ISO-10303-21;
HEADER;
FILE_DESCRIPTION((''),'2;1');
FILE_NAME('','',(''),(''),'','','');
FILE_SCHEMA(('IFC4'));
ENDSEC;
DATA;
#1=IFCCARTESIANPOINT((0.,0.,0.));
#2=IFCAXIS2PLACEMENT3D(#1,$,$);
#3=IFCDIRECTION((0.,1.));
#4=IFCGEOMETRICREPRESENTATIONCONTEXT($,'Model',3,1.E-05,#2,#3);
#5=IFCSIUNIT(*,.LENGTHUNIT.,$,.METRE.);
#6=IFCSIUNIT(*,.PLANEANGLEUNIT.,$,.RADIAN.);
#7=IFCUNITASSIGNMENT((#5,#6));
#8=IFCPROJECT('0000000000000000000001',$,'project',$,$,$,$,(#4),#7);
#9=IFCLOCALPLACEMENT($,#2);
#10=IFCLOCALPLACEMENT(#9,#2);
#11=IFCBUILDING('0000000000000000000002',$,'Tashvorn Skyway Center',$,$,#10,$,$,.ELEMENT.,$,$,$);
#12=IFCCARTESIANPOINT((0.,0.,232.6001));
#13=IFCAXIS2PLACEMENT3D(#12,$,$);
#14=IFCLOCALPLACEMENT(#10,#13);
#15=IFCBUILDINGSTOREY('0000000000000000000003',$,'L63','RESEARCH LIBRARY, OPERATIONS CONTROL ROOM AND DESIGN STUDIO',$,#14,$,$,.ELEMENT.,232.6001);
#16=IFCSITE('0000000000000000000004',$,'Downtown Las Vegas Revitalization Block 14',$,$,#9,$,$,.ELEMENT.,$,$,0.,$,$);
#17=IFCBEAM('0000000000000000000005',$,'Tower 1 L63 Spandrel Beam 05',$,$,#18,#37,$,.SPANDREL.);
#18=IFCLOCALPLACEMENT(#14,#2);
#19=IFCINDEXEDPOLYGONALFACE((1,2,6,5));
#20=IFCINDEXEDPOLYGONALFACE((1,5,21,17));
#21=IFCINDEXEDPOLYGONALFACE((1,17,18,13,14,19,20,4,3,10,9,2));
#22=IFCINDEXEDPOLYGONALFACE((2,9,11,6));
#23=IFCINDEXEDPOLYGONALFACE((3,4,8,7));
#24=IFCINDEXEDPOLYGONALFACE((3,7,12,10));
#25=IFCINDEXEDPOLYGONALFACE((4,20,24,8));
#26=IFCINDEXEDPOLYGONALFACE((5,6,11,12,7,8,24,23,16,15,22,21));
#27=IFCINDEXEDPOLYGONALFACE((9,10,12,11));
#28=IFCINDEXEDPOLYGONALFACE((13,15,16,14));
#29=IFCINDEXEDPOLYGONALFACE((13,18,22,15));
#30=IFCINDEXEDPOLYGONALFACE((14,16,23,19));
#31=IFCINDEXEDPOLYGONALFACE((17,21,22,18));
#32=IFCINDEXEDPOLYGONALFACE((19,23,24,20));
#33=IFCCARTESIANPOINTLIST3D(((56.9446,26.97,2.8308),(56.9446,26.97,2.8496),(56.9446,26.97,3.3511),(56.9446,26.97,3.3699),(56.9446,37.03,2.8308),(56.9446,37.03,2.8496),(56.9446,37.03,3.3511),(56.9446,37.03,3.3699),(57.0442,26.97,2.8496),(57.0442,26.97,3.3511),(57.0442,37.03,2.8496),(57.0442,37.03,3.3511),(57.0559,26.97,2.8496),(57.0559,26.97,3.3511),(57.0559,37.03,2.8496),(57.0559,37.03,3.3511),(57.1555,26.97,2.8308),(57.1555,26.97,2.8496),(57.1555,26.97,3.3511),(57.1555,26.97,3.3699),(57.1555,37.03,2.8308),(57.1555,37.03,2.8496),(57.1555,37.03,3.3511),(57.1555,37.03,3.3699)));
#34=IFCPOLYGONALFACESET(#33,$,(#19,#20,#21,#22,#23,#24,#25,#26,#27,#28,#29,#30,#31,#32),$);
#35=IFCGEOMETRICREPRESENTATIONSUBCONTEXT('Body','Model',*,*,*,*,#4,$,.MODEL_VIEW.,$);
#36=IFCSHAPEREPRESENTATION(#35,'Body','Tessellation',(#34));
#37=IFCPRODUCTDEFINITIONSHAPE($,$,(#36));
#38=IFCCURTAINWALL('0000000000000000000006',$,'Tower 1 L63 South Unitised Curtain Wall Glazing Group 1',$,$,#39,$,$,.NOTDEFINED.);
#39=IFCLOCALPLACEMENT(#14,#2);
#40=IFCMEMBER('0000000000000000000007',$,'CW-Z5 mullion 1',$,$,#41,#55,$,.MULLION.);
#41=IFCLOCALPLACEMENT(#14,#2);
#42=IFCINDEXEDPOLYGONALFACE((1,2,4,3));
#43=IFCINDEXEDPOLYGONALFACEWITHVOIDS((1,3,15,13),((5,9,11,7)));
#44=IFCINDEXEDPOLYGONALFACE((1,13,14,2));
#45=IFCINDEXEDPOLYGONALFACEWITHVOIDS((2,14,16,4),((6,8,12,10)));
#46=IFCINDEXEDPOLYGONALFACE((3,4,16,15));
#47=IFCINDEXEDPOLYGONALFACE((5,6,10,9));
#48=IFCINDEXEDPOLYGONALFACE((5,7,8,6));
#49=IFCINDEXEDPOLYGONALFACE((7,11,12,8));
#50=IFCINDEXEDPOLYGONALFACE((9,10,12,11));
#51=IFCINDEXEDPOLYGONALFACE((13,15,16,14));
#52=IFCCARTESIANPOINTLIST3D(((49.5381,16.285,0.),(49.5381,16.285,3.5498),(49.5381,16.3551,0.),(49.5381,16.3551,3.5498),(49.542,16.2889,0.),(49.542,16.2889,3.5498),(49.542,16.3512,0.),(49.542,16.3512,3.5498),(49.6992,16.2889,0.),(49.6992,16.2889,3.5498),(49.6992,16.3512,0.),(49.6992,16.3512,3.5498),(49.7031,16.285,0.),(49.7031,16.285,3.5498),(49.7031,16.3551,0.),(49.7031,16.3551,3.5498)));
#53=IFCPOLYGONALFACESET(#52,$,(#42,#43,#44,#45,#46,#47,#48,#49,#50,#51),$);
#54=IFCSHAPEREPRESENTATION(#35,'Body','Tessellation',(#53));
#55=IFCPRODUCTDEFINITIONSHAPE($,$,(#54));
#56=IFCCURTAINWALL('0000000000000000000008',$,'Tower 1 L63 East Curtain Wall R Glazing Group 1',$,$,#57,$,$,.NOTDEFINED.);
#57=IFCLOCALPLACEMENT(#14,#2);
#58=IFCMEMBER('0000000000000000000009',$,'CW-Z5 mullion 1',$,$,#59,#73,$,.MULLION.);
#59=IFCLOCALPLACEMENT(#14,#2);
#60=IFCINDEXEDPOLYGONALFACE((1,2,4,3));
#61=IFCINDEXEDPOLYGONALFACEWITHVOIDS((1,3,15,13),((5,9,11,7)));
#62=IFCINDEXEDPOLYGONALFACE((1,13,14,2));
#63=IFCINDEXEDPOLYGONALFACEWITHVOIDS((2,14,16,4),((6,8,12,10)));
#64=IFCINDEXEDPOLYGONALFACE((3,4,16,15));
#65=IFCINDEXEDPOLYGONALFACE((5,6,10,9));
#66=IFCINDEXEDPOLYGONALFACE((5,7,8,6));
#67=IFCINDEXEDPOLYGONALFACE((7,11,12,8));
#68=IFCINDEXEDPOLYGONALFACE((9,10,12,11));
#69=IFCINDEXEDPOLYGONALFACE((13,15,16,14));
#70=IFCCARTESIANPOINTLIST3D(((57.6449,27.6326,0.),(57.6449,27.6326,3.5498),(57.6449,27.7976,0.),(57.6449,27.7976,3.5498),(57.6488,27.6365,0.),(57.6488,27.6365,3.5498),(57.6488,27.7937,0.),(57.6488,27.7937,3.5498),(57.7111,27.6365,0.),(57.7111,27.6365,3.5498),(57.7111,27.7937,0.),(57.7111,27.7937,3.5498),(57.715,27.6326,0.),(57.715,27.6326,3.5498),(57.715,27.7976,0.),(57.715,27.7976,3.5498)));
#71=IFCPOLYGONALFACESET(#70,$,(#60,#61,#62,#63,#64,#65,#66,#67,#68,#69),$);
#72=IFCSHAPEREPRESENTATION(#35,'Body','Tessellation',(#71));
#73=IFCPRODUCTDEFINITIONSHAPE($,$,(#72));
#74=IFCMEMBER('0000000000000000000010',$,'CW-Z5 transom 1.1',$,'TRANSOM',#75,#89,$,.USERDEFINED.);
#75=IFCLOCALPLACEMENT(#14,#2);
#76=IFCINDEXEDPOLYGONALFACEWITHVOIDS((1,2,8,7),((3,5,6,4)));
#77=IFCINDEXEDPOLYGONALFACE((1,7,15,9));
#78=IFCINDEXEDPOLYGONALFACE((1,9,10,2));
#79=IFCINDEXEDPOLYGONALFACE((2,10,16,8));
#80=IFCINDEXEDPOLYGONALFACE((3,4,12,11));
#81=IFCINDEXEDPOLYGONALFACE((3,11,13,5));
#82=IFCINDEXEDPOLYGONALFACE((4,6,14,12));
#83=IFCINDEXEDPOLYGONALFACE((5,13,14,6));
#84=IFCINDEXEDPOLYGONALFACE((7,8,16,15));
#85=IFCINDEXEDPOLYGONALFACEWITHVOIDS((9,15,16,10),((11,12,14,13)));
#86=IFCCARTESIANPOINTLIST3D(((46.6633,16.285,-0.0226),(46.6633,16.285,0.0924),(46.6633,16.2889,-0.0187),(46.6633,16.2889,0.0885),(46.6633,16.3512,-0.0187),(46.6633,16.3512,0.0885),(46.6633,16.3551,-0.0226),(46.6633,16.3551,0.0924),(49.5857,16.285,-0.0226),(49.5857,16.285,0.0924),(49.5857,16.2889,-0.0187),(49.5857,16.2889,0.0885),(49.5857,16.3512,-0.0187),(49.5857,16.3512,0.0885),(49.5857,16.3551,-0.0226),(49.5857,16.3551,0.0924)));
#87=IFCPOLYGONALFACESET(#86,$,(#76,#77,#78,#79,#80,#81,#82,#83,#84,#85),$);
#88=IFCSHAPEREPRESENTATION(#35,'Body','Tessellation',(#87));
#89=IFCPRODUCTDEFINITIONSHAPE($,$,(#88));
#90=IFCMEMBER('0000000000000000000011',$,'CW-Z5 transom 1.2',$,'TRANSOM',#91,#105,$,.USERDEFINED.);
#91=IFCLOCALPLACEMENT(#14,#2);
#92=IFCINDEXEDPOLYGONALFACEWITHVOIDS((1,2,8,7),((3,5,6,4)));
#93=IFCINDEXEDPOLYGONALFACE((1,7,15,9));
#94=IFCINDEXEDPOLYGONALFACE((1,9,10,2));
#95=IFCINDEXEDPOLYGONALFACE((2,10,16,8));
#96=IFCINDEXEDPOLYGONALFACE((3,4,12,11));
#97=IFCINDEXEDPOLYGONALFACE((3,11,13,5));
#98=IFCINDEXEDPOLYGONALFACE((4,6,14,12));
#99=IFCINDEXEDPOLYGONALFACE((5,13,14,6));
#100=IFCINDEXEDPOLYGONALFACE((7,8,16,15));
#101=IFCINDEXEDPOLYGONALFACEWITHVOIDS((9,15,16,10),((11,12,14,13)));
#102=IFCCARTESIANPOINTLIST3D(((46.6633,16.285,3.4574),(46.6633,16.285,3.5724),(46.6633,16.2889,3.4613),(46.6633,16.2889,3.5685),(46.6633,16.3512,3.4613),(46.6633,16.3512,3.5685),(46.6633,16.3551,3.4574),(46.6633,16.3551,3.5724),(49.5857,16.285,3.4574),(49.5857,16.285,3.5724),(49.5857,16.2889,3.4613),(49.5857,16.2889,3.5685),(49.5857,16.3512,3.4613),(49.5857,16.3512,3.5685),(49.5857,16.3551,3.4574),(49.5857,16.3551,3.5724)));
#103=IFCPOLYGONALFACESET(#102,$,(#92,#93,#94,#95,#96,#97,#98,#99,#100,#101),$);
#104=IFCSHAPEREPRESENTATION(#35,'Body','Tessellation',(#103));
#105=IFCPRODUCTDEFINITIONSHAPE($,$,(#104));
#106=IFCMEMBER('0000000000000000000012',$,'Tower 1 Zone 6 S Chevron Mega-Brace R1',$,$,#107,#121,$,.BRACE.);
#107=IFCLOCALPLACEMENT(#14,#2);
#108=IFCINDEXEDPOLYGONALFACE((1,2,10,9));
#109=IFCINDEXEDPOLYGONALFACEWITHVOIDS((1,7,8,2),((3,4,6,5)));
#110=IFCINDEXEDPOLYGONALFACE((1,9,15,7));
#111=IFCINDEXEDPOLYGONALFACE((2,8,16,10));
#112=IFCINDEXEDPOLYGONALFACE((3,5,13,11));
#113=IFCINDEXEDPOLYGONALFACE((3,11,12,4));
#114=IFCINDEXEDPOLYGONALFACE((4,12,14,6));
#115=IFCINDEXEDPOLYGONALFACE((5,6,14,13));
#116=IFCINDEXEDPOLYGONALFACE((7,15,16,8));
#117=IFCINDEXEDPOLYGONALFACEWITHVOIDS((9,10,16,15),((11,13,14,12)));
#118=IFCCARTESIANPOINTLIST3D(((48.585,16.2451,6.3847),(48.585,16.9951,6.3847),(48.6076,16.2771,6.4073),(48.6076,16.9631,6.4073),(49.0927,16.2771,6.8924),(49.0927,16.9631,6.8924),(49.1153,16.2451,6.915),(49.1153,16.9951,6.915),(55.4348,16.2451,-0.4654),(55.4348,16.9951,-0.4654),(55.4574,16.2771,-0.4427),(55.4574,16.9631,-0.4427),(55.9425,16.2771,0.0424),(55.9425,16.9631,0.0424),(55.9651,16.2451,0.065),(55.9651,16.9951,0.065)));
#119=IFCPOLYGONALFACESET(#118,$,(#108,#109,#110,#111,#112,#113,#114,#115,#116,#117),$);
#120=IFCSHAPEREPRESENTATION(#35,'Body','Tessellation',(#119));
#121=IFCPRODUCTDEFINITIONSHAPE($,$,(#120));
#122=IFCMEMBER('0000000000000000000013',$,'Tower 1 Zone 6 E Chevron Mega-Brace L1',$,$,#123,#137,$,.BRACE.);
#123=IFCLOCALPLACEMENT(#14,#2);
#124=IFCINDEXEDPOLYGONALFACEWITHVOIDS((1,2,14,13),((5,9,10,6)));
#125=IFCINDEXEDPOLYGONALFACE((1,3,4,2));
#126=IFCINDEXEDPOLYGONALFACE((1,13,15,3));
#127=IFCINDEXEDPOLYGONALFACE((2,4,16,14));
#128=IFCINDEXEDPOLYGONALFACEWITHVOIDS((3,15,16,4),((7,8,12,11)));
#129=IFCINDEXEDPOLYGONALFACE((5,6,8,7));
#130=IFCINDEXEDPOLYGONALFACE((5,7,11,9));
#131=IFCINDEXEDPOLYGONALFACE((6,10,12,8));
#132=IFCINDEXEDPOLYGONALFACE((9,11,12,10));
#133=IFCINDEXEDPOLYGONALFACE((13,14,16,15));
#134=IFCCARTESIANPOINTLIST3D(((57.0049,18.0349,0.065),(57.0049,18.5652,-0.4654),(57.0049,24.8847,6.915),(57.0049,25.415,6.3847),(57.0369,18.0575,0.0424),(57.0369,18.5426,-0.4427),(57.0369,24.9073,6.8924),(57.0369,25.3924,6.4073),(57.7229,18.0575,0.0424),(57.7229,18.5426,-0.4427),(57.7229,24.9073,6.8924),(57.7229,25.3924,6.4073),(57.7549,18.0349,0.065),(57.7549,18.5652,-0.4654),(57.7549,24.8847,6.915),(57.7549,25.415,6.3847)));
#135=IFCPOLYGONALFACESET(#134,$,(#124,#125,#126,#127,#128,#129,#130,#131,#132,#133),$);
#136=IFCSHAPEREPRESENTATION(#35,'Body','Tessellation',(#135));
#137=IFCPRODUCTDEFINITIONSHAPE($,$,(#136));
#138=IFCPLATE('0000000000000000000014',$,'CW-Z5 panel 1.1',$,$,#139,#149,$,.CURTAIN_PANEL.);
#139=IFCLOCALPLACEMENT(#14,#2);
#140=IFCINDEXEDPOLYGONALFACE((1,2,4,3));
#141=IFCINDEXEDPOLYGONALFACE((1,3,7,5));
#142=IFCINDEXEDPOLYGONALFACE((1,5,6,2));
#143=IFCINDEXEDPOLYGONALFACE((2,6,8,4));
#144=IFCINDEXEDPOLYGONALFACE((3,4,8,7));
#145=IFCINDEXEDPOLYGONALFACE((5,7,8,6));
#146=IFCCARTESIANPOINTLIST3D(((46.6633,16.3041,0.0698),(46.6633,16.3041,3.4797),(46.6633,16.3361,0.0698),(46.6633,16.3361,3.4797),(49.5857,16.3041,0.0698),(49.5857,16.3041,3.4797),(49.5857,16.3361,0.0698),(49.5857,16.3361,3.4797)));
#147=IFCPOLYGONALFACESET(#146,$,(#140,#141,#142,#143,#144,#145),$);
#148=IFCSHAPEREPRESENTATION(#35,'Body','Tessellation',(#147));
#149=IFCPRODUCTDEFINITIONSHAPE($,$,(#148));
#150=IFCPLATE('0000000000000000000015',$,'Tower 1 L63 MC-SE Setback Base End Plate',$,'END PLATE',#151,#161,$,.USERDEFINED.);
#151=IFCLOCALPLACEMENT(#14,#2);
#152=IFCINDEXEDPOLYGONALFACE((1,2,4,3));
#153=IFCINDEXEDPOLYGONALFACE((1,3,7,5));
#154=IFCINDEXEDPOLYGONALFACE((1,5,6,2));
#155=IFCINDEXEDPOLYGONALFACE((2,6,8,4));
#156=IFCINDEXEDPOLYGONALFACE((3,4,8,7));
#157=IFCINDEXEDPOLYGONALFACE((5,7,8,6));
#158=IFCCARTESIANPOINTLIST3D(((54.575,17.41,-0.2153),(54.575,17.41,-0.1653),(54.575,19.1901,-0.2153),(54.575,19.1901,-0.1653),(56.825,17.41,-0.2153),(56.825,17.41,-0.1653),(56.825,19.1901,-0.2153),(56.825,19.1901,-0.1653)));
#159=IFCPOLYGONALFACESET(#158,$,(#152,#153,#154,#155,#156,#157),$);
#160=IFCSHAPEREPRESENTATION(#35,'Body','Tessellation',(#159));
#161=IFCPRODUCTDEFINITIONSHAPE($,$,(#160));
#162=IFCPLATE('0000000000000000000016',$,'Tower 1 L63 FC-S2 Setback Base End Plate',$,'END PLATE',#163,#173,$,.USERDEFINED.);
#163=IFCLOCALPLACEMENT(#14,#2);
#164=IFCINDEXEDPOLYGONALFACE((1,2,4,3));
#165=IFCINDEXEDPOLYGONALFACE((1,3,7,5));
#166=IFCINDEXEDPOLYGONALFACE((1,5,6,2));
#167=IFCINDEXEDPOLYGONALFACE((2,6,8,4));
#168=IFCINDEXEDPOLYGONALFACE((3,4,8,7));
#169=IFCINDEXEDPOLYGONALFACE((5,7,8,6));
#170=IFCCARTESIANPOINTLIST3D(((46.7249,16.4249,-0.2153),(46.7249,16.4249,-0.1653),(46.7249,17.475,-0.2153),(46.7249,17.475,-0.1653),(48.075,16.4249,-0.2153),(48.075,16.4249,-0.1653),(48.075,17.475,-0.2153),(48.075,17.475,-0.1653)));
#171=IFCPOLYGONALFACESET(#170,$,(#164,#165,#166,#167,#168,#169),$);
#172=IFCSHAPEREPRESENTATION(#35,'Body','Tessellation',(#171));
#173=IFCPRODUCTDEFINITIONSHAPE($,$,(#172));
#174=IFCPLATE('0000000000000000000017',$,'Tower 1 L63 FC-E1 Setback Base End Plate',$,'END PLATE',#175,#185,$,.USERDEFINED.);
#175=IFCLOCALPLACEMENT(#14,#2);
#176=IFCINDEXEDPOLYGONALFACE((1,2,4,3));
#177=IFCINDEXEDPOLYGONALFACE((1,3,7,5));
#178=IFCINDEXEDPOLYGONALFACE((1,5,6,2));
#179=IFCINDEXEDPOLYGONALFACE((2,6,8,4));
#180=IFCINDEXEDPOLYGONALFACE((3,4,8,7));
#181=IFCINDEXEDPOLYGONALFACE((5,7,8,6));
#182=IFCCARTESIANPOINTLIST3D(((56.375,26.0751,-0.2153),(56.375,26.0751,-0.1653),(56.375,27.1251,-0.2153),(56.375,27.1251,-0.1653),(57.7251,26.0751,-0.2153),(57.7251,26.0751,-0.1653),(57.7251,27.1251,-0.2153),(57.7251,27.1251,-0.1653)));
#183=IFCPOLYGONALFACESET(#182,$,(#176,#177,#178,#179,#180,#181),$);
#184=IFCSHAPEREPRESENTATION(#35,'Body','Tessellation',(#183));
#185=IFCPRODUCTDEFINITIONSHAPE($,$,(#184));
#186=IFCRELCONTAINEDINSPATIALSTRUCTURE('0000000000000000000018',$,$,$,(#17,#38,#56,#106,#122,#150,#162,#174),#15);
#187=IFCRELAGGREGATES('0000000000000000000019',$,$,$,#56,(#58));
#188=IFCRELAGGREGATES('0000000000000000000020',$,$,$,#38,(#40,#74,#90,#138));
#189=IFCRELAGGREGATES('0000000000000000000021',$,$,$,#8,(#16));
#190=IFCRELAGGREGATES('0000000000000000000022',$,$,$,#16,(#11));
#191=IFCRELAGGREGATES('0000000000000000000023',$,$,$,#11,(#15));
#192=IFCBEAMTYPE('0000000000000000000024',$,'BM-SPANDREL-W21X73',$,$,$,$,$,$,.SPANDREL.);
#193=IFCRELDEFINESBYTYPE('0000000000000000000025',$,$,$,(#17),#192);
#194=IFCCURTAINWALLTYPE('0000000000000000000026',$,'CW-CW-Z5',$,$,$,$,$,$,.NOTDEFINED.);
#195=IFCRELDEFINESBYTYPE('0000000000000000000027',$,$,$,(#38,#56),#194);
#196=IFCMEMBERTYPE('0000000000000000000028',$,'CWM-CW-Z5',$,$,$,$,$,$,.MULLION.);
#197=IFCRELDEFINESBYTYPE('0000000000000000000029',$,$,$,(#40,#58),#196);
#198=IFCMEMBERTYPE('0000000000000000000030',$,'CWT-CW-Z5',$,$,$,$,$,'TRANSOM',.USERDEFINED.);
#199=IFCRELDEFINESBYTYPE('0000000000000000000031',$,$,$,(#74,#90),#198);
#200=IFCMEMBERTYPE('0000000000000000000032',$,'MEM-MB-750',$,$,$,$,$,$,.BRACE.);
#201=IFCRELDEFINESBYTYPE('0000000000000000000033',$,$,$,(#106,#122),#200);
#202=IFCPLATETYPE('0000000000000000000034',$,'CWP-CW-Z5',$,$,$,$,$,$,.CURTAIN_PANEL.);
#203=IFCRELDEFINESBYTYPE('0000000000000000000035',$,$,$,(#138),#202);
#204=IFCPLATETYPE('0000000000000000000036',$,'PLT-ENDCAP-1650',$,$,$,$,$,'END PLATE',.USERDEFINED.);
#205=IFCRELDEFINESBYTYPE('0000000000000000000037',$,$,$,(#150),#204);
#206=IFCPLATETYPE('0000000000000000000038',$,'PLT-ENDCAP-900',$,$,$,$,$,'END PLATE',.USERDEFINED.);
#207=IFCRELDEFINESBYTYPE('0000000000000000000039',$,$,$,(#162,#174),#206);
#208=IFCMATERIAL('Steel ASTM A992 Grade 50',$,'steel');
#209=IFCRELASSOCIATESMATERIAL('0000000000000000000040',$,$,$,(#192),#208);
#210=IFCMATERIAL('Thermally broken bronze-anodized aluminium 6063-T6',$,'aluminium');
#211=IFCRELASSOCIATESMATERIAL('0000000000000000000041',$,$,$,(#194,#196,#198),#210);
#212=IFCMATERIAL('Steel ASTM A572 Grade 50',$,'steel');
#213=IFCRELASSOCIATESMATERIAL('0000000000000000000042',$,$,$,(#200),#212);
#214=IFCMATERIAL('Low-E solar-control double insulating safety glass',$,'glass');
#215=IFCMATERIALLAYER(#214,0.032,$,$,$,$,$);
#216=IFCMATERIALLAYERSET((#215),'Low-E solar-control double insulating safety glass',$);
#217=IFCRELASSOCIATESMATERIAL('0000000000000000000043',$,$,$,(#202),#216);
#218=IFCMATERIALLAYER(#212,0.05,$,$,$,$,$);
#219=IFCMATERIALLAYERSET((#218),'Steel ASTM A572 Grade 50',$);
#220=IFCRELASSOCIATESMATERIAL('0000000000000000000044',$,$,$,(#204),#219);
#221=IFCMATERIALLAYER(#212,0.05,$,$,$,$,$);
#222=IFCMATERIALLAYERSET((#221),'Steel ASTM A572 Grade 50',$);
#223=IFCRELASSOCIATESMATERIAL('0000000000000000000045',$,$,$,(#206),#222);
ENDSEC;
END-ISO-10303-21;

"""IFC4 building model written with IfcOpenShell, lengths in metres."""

from ifc_helpers import new_model, si_unit, direction, frame, origin, origin_2d, place, context, subcontext, project, spatial, rectangle, hollow_rectangle, i_section, extrude, material, layer, layer_set, material_profile, profile_set, type_object, element, aggregate, save


model = new_model("IFC4")

# Units and contexts
model_context = context("Model", 3, precision=1e-05, world=origin(), true_north=direction((0.0, 1.0)))
body_context = subcontext(model_context, "Body", "Model", "MODEL_VIEW")
ifc_project = project(units=[si_unit("LENGTHUNIT", "METRE"), si_unit("PLANEANGLEUNIT", "RADIAN")], contexts=[model_context])

# Site, building, storey
site_placement = place(None, origin())
site = spatial("IfcSite", under=ifc_project, at=site_placement, Name="Downtown Las Vegas Revitalization Block 14", CompositionType="ELEMENT", RefElevation=0.0)
building_placement = place(site_placement, origin())
building = spatial("IfcBuilding", under=site, at=building_placement, Name="Tashvorn Skyway Center", CompositionType="ELEMENT")
storey_placement = place(building_placement, frame((0.0, 0.0, 232.6001)))
storey = spatial("IfcBuildingStorey", under=building, at=storey_placement, Name="L63", Description="RESEARCH LIBRARY, OPERATIONS CONTROL ROOM AND DESIGN STUDIO", CompositionType="ELEMENT", Elevation=232.6001)

# Shared definitions
ifc_material_1 = material(Name="Steel ASTM A572 Grade 50", Category="steel")

# Beam
ifc_material_2 = material(Name="Steel ASTM A992 Grade 50", Category="steel")
ifc_material_profile_1 = material_profile(ifc_material_2, i_section(OverallWidth=0.2109, OverallDepth=0.5391, WebThickness=0.0117, FlangeThickness=0.0188, at=origin_2d()), Name="W21X73")
ifc_profile_set_1 = profile_set([ifc_material_profile_1], Name="Steel ASTM A992 Grade 50")
beam_type_1 = type_object("IfcBeamType", Name="BM-SPANDREL-W21X73", PredefinedType="SPANDREL", material=ifc_profile_set_1)
beam_1_placement = place(storey_placement, frame((57.05, 26.97, 3.1003), z_axis=(0.0, 1.0, 0.0), x_axis=(-1.0, 0.0, 0.0)))
element("IfcBeam", 1, at=beam_1_placement, inside=storey, type_object=beam_type_1, Name="Tower 1 L63 Spandrel Beam 05", PredefinedType="SPANDREL", context=body_context, shape_type="SweptSolid", body=[
    extrude(i_section(OverallWidth=0.2109, OverallDepth=0.5391, WebThickness=0.0117, FlangeThickness=0.0188, at=origin_2d()), origin(), (0.0, 0.0, 1.0), 10.0601),
])

# Curtain walls, members
ifc_material_3 = material(Name="Thermally broken bronze-anodized aluminium 6063-T6", Category="aluminium")
curtain_wall_type = type_object("IfcCurtainWallType", Name="CW-CW-Z5", PredefinedType="NOTDEFINED", material=ifc_material_3)
curtain_wall_1_placement = place(storey_placement, origin())
curtain_wall_1 = element("IfcCurtainWall", 2, at=curtain_wall_1_placement, inside=storey, type_object=curtain_wall_type, Name="Tower 1 L63 South Unitised Curtain Wall Glazing Group 1", PredefinedType="NOTDEFINED")
ifc_material_profile_2 = material_profile(ifc_material_3, hollow_rectangle(XDim=0.0701, YDim=0.165, WallThickness=0.0039, at=origin_2d()), Name="ALU-MULL-70x165")
ifc_profile_set_2 = profile_set([ifc_material_profile_2], Name="Thermally broken bronze-anodized aluminium 6063-T6")
member_type_1 = type_object("IfcMemberType", Name="CWM-CW-Z5", PredefinedType="MULLION", material=ifc_profile_set_2)
member_1_placement = place(storey_placement, frame((49.6206, 16.3201, 0.0), z_axis=(0.0, 0.0, 1.0), x_axis=(0.0, -1.0, 0.0)))
member_1 = element("IfcMember", 3, at=member_1_placement, type_object=member_type_1, Name="CW-Z5 mullion 1", PredefinedType="MULLION", context=body_context, shape_type="SweptSolid", body=[
    extrude(hollow_rectangle(XDim=0.0701, YDim=0.165, WallThickness=0.0039, at=origin_2d()), origin(), (0.0, 0.0, 1.0), 3.5498),
])
curtain_wall_2_placement = place(storey_placement, origin())
curtain_wall_2 = element("IfcCurtainWall", 4, at=curtain_wall_2_placement, inside=storey, type_object=curtain_wall_type, Name="Tower 1 L63 East Curtain Wall R Glazing Group 1", PredefinedType="NOTDEFINED")
member_2_placement = place(storey_placement, frame((57.6799, 27.7151, 0.0), z_axis=(0.0, 0.0, 1.0), x_axis=(1.0, 0.0, 0.0)))
member_2 = element("IfcMember", 5, at=member_2_placement, type_object=member_type_1, Name="CW-Z5 mullion 1", PredefinedType="MULLION", context=body_context, shape_type="SweptSolid", body=[
    extrude(hollow_rectangle(XDim=0.0701, YDim=0.165, WallThickness=0.0039, at=origin_2d()), origin(), (0.0, 0.0, 1.0), 3.5498),
])
aggregate(curtain_wall_2, [member_2])

# Members
ifc_material_profile_3 = material_profile(ifc_material_3, hollow_rectangle(XDim=0.0701, YDim=0.115, WallThickness=0.0039, at=origin_2d()), Name="ALU-TRAN-70x115")
ifc_profile_set_3 = profile_set([ifc_material_profile_3], Name="Thermally broken bronze-anodized aluminium 6063-T6")
member_type_2 = type_object("IfcMemberType", Name="CWT-CW-Z5", ElementType="TRANSOM", PredefinedType="USERDEFINED", material=ifc_profile_set_3)
member_3_placement = place(storey_placement, frame((49.5857, 16.3201, 0.0349), z_axis=(-1.0, 0.0, 0.0), x_axis=(0.0, -1.0, 0.0)))
member_3 = element("IfcMember", 6, at=member_3_placement, type_object=member_type_2, Name="CW-Z5 transom 1.1", ObjectType="TRANSOM", PredefinedType="USERDEFINED", context=body_context, shape_type="SweptSolid", body=[
    extrude(hollow_rectangle(XDim=0.0701, YDim=0.115, WallThickness=0.0039, at=origin_2d()), origin(), (0.0, 0.0, 1.0), 2.9224),
])
member_4_placement = place(storey_placement, frame((49.5857, 16.3201, 3.5149), z_axis=(-1.0, 0.0, 0.0), x_axis=(0.0, -1.0, 0.0)))
member_4 = element("IfcMember", 7, at=member_4_placement, type_object=member_type_2, Name="CW-Z5 transom 1.2", ObjectType="TRANSOM", PredefinedType="USERDEFINED", context=body_context, shape_type="SweptSolid", body=[
    extrude(hollow_rectangle(XDim=0.0701, YDim=0.115, WallThickness=0.0039, at=origin_2d()), origin(), (0.0, 0.0, 1.0), 2.9224),
])

# Members
ifc_material_profile_4 = material_profile(ifc_material_1, hollow_rectangle(XDim=0.75, YDim=0.75, WallThickness=0.032, at=origin_2d()), Name="BOX750x750x32")
ifc_profile_set_4 = profile_set([ifc_material_profile_4], Name="Steel ASTM A572 Grade 50")
member_type_3 = type_object("IfcMemberType", Name="MEM-MB-750", PredefinedType="BRACE", material=ifc_profile_set_4)
for number, where, z_axis, x_axis, name in (
    (8, (55.7, 16.6201, -0.2002), (-0.707094, 0.0, 0.707119), (0.0, -1.0, 0.0), "Tower 1 Zone 6 S Chevron Mega-Brace R1"),
    (9, (57.3799, 18.3, -0.2002), (0.0, 0.707094, 0.707119), (-1.0, 0.0, 0.0), "Tower 1 Zone 6 E Chevron Mega-Brace L1"),
):
    element("IfcMember", number, at=place(storey_placement, frame(where, z_axis=z_axis, x_axis=x_axis)), inside=storey, type_object=member_type_3, Name=name, PredefinedType="BRACE", context=body_context, shape_type="SweptSolid", body=[
        extrude(hollow_rectangle(XDim=0.75, YDim=0.75, WallThickness=0.032, at=origin_2d()), origin(), (0.0, 0.0, 1.0), 9.6873),
    ])

# Plate
ifc_material_4 = material(Name="Low-E solar-control double insulating safety glass", Category="glass")
ifc_layer_1 = layer(ifc_material_4, 0.032)
ifc_layer_set_1 = layer_set([ifc_layer_1], Name="Low-E solar-control double insulating safety glass")
plate_type_1 = type_object("IfcPlateType", Name="CWP-CW-Z5", PredefinedType="CURTAIN_PANEL", material=ifc_layer_set_1)
plate_1_placement = place(storey_placement, frame((48.1245, 16.3201, 0.0698), z_axis=(0.0, 0.0, 1.0), x_axis=(-1.0, 0.0, 0.0)))
plate_1 = element("IfcPlate", 10, at=plate_1_placement, type_object=plate_type_1, Name="CW-Z5 panel 1.1", PredefinedType="CURTAIN_PANEL", context=body_context, shape_type="SweptSolid", body=[
    extrude(rectangle(XDim=2.9224, YDim=0.032, at=origin_2d()), origin(), (0.0, 0.0, 1.0), 3.4099),
])
aggregate(curtain_wall_1, [member_1, member_3, member_4, plate_1])

# Plates
ifc_layer_2 = layer(ifc_material_1, 0.05)
ifc_layer_set_2 = layer_set([ifc_layer_2], Name="Steel ASTM A572 Grade 50")
plate_type_2 = type_object("IfcPlateType", Name="PLT-ENDCAP-1650", ElementType="END PLATE", PredefinedType="USERDEFINED", material=ifc_layer_set_2)
plate_2_placement = place(storey_placement, frame((55.7, 18.3, -0.2153), z_axis=(0.0, 0.0, 1.0), x_axis=(1.0, 0.0, 0.0)))
element("IfcPlate", 11, at=plate_2_placement, inside=storey, type_object=plate_type_2, Name="Tower 1 L63 MC-SE Setback Base End Plate", ObjectType="END PLATE", PredefinedType="USERDEFINED", context=body_context, shape_type="SweptSolid", body=[
    extrude(rectangle(XDim=2.25, YDim=1.78, at=origin_2d()), origin(), (0.0, 0.0, 1.0), 0.05),
])
ifc_layer_3 = layer(ifc_material_1, 0.05)
ifc_layer_set_3 = layer_set([ifc_layer_3], Name="Steel ASTM A572 Grade 50")
plate_type_3 = type_object("IfcPlateType", Name="PLT-ENDCAP-900", ElementType="END PLATE", PredefinedType="USERDEFINED", material=ifc_layer_set_3)
for number, where, z_axis, x_axis, name in (
    (12, (47.3999, 16.95, -0.2153), (0.0, 0.0, 1.0), (1.0, 0.0, 0.0), "Tower 1 L63 FC-S2 Setback Base End Plate"),
    (13, (57.05, 26.6001, -0.2153), (0.0, 0.0, 1.0), (1.0, 0.0, 0.0), "Tower 1 L63 FC-E1 Setback Base End Plate"),
):
    element("IfcPlate", number, at=place(storey_placement, frame(where, z_axis=z_axis, x_axis=x_axis)), inside=storey, type_object=plate_type_3, Name=name, ObjectType="END PLATE", PredefinedType="USERDEFINED", context=body_context, shape_type="SweptSolid", body=[
        extrude(rectangle(XDim=1.3501, YDim=1.05, at=origin_2d()), origin(), (0.0, 0.0, 1.0), 0.05),
    ])

save(model, "model.ifc")
